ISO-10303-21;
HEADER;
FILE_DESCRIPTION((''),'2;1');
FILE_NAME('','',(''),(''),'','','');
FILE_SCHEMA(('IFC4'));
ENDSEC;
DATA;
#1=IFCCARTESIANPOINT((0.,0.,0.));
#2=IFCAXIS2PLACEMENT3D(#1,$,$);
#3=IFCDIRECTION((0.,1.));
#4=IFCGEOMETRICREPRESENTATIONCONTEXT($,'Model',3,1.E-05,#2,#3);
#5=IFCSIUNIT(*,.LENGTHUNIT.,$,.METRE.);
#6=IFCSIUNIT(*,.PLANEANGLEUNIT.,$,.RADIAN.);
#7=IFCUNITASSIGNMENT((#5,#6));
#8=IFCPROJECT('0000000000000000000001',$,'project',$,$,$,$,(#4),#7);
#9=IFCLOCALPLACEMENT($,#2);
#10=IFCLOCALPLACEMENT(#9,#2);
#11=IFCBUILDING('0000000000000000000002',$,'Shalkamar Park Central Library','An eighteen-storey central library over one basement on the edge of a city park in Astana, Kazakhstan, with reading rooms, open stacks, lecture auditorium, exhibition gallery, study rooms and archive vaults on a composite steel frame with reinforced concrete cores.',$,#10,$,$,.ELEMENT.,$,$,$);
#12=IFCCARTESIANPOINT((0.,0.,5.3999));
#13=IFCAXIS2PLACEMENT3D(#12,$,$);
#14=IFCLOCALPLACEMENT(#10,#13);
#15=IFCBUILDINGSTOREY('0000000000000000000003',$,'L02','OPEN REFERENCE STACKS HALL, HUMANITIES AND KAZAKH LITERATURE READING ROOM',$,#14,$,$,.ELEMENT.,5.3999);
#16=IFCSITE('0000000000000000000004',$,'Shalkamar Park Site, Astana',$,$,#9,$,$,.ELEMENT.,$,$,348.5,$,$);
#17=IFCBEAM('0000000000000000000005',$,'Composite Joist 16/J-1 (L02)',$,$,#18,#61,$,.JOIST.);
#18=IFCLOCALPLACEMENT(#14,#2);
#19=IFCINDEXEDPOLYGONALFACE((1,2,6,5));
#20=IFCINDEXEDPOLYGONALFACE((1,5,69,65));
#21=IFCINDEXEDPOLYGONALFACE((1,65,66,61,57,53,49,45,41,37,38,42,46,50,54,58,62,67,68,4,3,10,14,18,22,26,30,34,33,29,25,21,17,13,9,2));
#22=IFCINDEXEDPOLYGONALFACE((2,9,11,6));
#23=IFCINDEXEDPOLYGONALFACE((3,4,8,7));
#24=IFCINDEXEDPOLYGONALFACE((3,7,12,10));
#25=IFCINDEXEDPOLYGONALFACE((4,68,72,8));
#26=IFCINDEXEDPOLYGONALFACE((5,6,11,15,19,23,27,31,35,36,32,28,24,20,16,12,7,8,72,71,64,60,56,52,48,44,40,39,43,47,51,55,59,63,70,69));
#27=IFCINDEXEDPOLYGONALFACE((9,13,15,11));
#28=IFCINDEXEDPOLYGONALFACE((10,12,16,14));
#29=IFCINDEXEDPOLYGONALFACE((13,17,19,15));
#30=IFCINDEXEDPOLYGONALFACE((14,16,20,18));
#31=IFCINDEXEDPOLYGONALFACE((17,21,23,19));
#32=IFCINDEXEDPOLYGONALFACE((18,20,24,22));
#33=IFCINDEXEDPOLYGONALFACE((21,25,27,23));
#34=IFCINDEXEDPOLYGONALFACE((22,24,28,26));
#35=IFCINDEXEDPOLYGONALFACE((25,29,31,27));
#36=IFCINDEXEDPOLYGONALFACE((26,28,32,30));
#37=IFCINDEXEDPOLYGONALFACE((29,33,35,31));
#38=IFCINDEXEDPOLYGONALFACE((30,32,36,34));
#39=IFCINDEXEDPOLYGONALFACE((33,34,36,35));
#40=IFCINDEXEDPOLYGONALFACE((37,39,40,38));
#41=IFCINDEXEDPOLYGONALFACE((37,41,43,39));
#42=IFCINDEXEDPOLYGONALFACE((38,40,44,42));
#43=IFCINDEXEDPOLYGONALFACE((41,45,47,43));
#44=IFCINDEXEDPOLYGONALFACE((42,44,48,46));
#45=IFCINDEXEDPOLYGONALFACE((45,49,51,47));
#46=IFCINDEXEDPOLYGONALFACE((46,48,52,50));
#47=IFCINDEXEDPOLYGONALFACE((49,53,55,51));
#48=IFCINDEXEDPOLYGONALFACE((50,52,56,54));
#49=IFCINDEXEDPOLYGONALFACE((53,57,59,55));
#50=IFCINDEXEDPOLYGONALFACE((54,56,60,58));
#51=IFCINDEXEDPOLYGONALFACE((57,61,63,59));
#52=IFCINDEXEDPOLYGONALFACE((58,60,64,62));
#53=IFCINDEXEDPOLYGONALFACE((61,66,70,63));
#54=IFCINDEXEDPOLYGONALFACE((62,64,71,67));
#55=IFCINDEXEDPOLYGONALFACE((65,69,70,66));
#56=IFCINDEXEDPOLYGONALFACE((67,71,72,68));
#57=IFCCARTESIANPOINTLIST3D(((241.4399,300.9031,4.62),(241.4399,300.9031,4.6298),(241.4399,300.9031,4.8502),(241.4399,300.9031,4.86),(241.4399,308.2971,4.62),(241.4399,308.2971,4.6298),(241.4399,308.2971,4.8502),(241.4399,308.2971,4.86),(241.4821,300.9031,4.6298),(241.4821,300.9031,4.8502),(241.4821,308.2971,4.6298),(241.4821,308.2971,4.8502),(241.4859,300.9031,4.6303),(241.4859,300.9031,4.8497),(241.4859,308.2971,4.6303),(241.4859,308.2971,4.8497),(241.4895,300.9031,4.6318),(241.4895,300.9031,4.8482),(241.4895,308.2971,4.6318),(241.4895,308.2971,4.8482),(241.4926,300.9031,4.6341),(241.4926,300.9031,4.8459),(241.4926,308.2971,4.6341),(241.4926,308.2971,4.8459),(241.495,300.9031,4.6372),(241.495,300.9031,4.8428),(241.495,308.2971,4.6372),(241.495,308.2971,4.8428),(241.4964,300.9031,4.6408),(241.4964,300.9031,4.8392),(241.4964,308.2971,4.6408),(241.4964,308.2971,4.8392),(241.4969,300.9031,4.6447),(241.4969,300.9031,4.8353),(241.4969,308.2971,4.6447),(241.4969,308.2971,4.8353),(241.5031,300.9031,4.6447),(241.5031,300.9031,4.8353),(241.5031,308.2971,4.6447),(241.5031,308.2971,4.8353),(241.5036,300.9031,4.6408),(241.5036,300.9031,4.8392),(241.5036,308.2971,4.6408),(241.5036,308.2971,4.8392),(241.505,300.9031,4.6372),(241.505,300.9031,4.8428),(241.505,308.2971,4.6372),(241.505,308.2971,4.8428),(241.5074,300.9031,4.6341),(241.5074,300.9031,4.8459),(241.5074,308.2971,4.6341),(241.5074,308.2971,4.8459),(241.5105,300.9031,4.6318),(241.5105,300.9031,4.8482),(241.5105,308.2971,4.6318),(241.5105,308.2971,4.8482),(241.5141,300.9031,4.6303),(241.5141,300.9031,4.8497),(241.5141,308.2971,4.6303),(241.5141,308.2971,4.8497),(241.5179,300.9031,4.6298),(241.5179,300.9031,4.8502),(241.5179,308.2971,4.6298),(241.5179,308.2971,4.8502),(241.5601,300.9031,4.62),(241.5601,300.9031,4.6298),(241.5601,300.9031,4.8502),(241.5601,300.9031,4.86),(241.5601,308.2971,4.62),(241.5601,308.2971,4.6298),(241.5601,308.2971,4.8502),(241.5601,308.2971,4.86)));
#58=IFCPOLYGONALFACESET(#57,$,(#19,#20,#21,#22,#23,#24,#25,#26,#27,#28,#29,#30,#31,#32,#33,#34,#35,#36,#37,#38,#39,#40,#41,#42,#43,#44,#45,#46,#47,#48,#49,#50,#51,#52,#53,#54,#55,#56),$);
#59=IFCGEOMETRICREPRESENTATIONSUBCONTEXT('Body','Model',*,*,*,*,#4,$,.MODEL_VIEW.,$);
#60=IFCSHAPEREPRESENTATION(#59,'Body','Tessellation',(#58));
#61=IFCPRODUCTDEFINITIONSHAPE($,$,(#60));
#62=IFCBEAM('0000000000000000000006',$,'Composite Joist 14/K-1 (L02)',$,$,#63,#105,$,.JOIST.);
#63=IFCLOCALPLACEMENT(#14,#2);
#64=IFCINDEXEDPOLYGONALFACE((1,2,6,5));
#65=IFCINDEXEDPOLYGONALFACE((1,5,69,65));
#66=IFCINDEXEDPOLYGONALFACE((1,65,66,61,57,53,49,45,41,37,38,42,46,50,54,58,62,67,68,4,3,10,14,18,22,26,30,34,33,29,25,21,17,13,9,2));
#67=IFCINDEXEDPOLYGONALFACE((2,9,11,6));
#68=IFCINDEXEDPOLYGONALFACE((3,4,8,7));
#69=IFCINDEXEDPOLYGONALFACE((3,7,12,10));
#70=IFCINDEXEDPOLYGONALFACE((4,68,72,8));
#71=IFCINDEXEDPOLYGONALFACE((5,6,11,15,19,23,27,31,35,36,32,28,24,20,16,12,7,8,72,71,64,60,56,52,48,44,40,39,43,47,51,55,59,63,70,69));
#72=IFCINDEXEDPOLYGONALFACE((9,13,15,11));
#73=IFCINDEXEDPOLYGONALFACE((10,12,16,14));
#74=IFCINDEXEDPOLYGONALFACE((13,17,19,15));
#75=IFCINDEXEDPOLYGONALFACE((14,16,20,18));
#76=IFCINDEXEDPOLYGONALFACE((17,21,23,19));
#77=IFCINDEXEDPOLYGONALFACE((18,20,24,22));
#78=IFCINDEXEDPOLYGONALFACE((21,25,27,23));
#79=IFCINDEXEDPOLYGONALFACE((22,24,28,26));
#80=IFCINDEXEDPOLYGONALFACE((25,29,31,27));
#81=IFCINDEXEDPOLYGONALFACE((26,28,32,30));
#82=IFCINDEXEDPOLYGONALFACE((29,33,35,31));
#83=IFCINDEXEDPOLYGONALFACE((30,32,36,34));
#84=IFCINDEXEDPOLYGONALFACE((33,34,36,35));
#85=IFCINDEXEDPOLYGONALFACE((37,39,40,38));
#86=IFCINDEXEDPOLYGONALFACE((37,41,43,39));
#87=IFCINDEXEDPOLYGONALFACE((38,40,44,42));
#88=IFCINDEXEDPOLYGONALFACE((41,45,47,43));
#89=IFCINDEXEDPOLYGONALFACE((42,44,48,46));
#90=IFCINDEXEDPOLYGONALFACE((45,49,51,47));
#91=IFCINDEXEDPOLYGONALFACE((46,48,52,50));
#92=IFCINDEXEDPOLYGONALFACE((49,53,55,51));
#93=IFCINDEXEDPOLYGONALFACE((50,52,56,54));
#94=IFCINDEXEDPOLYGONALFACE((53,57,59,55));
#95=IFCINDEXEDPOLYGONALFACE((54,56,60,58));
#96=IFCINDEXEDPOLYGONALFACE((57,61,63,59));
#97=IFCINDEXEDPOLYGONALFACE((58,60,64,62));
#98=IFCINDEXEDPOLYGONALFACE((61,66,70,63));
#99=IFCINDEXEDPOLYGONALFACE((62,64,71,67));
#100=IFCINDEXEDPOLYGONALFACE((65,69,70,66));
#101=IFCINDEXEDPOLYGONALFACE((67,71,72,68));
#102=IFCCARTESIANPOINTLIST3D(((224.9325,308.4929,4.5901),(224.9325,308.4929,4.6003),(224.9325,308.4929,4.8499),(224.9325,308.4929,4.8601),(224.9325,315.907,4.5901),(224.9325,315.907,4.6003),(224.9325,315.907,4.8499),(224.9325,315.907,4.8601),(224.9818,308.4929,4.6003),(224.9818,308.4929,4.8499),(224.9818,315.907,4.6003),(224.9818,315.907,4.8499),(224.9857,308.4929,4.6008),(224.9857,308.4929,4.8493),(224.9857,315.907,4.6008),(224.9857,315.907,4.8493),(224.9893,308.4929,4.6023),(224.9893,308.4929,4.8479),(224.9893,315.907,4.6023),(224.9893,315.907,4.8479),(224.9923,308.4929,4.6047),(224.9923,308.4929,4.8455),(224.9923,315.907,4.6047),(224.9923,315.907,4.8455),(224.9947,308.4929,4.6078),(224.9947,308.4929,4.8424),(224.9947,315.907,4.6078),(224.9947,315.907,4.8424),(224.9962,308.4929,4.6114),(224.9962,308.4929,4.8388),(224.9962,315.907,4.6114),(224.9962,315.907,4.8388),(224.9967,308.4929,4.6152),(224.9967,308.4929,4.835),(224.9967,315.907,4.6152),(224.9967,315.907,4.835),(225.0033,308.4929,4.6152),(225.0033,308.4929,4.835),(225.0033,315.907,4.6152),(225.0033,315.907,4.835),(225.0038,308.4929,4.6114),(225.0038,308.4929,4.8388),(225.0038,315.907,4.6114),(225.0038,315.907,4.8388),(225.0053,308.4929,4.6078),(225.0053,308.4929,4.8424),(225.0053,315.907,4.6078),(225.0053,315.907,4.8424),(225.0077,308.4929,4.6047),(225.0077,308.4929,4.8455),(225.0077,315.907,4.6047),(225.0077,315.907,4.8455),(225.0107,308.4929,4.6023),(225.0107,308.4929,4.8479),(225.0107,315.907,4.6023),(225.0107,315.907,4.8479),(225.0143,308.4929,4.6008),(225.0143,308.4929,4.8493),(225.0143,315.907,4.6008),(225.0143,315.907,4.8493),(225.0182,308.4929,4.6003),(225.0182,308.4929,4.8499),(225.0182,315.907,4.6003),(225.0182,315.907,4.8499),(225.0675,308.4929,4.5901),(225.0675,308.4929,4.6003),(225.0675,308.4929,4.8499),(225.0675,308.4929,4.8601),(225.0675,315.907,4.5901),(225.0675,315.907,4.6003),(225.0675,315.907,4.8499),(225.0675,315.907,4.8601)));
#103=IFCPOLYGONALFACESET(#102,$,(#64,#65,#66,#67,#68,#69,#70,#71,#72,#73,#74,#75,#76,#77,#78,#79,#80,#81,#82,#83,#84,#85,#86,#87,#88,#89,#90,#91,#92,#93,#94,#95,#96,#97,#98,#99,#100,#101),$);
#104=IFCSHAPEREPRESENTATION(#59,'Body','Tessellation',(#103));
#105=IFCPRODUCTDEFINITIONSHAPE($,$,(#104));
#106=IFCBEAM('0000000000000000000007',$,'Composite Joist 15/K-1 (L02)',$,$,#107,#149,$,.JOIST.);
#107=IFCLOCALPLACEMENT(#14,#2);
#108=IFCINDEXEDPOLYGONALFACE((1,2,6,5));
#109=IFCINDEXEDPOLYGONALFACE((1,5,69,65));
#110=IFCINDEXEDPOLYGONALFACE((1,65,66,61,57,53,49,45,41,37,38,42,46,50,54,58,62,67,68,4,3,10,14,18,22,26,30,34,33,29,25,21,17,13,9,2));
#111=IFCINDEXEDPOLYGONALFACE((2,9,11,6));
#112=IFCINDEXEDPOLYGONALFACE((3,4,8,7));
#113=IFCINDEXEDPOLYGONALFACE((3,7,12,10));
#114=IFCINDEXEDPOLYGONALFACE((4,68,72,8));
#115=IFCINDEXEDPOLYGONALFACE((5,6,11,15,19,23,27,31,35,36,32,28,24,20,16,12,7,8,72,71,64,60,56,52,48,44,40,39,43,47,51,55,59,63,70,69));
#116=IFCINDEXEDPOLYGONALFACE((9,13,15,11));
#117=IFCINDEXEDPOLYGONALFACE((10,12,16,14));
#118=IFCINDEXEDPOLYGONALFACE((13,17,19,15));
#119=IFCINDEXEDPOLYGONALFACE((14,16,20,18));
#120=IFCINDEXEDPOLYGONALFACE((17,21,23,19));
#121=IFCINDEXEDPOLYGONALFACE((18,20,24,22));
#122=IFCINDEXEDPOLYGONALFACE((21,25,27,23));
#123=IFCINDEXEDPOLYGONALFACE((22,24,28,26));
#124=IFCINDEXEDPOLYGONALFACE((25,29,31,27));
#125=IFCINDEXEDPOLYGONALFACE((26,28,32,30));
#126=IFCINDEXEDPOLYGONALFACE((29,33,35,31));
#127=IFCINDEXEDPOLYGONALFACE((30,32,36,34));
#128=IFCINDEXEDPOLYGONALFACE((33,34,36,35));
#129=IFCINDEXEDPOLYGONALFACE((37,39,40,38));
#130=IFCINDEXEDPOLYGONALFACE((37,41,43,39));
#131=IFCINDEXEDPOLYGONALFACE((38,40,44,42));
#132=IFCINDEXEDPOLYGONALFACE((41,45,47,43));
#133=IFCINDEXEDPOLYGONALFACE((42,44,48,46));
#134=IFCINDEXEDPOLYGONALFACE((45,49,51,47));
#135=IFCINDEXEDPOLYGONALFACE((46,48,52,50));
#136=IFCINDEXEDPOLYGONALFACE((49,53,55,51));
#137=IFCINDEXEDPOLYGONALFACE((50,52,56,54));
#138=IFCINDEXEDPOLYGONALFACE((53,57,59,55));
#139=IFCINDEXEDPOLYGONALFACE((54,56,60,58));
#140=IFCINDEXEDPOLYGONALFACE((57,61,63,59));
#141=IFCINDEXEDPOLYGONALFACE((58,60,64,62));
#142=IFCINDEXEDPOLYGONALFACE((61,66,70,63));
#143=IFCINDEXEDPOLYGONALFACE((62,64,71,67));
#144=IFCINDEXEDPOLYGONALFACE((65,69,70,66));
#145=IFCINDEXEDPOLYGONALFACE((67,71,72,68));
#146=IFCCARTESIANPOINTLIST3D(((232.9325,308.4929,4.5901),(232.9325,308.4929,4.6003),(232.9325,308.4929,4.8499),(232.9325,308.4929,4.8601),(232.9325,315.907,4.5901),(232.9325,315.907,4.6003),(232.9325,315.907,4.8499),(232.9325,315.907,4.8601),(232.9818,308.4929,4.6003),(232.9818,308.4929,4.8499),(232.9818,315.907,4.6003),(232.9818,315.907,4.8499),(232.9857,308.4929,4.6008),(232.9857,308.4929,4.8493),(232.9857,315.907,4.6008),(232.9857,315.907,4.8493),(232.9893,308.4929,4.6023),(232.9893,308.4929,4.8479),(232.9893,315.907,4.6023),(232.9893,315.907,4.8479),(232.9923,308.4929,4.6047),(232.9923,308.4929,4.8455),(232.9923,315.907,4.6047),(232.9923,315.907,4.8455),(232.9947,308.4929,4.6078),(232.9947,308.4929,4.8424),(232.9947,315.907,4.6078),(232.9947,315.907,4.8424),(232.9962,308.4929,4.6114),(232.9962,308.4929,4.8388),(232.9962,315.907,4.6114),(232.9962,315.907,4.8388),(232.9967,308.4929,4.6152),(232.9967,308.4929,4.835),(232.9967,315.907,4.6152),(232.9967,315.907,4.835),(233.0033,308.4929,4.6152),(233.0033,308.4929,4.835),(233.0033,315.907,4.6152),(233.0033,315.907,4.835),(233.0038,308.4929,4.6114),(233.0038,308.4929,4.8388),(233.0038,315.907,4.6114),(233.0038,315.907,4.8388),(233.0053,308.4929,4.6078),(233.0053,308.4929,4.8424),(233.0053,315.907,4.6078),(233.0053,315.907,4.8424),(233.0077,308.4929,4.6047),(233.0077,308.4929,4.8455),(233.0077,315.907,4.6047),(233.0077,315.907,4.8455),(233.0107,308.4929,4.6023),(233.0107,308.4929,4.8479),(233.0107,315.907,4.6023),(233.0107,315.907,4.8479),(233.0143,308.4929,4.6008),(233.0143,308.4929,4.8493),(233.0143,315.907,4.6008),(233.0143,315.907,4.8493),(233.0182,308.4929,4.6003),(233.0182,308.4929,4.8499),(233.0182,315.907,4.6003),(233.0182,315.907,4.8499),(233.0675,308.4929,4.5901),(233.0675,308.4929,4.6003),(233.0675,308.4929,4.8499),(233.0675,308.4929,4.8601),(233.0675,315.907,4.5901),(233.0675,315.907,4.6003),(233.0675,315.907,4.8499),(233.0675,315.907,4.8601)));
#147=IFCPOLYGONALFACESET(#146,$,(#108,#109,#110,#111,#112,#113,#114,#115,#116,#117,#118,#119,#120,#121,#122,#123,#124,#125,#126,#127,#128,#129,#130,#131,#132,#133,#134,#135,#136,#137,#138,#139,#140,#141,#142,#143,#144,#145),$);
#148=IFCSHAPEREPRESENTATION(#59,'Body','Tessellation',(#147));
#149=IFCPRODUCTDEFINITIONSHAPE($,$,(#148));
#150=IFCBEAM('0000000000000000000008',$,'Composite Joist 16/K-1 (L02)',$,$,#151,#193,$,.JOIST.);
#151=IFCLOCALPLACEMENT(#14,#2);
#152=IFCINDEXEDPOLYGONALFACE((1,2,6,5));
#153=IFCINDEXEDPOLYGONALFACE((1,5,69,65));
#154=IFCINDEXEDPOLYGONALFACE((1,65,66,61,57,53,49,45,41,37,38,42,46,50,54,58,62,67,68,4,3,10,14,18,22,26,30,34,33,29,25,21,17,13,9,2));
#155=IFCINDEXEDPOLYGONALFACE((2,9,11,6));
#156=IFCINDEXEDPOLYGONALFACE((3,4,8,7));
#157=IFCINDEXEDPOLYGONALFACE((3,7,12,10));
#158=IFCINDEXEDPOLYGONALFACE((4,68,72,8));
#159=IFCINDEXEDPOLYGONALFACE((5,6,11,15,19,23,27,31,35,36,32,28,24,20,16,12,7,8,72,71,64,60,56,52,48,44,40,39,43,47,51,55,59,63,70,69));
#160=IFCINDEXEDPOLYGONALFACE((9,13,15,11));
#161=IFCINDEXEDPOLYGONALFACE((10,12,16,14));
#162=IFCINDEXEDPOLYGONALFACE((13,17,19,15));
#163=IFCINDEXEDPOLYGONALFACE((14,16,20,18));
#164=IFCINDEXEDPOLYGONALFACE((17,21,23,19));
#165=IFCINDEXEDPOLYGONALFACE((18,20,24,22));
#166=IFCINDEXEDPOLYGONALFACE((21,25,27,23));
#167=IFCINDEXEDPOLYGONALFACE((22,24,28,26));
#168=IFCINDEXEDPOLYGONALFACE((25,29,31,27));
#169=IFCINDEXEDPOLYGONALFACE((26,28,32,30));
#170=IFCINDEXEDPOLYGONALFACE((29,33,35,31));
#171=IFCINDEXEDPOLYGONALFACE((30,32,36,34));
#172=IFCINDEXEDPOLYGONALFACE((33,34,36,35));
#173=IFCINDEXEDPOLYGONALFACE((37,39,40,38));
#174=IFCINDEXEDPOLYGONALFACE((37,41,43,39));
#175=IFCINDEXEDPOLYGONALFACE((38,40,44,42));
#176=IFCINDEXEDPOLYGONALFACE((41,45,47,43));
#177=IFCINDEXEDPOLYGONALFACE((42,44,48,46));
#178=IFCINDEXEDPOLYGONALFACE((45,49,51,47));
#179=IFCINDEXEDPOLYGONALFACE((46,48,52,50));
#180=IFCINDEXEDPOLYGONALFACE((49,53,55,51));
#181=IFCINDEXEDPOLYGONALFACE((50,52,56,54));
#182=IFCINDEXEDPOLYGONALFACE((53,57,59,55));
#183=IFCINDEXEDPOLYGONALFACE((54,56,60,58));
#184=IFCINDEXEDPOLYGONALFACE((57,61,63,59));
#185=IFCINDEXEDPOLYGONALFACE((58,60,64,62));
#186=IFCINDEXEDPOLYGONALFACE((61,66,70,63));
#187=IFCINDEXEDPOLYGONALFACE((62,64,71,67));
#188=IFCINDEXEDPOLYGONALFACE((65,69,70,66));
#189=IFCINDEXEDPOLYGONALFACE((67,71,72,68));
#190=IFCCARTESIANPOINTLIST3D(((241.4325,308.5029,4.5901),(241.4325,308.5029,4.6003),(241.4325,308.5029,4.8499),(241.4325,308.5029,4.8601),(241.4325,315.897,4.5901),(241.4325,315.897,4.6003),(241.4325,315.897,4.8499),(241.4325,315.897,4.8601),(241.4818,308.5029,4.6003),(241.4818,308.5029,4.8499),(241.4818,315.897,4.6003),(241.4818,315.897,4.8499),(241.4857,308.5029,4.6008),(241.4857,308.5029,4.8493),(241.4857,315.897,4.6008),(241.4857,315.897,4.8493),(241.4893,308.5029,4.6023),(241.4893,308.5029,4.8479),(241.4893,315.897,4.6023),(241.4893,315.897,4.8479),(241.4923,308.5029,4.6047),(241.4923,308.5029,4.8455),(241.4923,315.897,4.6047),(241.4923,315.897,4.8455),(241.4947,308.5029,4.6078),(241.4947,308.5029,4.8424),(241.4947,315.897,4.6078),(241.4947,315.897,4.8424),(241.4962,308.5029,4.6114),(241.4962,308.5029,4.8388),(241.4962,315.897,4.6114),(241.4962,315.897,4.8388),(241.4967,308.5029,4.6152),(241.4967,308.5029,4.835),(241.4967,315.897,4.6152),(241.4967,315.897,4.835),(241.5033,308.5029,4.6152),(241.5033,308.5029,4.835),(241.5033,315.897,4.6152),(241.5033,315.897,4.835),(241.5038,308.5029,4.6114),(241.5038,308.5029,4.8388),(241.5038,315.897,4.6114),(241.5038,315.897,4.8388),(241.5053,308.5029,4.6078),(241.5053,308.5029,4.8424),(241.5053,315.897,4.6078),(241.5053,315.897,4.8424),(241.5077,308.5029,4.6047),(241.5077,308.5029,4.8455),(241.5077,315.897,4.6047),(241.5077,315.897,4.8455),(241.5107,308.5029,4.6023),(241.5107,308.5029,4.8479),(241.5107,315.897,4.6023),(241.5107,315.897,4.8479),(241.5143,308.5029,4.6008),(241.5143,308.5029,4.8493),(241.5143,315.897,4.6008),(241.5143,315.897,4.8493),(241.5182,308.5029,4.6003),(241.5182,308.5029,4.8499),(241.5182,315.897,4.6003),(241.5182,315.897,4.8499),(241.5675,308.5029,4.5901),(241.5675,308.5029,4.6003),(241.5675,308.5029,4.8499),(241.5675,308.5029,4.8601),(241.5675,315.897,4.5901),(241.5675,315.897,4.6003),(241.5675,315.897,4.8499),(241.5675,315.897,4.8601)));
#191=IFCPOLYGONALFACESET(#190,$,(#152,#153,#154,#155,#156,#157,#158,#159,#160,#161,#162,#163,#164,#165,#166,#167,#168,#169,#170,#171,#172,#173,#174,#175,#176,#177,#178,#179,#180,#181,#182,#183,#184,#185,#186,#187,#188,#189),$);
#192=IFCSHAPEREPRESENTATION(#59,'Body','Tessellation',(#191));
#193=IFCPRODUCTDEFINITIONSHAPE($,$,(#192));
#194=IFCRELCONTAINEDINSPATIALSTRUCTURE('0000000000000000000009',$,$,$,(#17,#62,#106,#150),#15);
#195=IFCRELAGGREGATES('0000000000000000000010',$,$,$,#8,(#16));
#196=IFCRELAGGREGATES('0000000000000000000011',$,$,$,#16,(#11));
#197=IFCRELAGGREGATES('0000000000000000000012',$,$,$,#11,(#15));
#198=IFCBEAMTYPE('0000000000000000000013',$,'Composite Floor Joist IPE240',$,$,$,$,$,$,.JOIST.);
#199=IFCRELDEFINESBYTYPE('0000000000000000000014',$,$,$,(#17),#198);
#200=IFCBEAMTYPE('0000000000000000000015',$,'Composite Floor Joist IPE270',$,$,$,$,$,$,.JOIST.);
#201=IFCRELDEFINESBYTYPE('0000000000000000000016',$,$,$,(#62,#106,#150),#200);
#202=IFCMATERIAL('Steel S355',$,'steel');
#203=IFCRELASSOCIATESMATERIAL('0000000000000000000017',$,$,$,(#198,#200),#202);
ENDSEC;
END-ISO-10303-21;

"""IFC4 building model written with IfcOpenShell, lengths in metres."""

from ifc_helpers import new_model, si_unit, direction, frame, origin, origin_2d, place, context, subcontext, project, spatial, i_section, extrude, material, material_profile, profile_set, type_object, element, save


model = new_model("IFC4")

# Units and contexts
model_context = context("Model", 3, precision=1e-05, world=origin(), true_north=direction((0.0, 1.0)))
body_context = subcontext(model_context, "Body", "Model", "MODEL_VIEW")
ifc_project = project(units=[si_unit("LENGTHUNIT", "METRE"), si_unit("PLANEANGLEUNIT", "RADIAN")], contexts=[model_context])

# Site, building, storey
site_placement = place(None, origin())
site = spatial("IfcSite", under=ifc_project, at=site_placement, Name="Shalkamar Park Site, Astana", CompositionType="ELEMENT", RefElevation=348.5)
building_placement = place(site_placement, origin())
building = spatial("IfcBuilding", under=site, at=building_placement, Name="Shalkamar Park Central Library", Description="An eighteen-storey central library over one basement on the edge of a city park in Astana, Kazakhstan, with reading rooms, open stacks, lecture auditorium, exhibition gallery, study rooms and archive vaults on a composite steel frame with reinforced concrete cores.", CompositionType="ELEMENT")
storey_placement = place(building_placement, frame((0.0, 0.0, 5.3999)))
storey = spatial("IfcBuildingStorey", under=building, at=storey_placement, Name="L02", Description="OPEN REFERENCE STACKS HALL, HUMANITIES AND KAZAKH LITERATURE READING ROOM", CompositionType="ELEMENT", Elevation=5.3999)

# Shared definitions
ifc_material_1 = material(Name="Steel S355", Category="steel")

# Beams
ifc_material_profile_1 = material_profile(ifc_material_1, i_section(OverallWidth=0.1201, OverallDepth=0.24, WebThickness=0.0061, FlangeThickness=0.0098, FilletRadius=0.0149, at=origin_2d()), Name="IPE 240")
ifc_profile_set_1 = profile_set([ifc_material_profile_1], Name="Steel S355")
beam_type_1 = type_object("IfcBeamType", Name="Composite Floor Joist IPE240", PredefinedType="JOIST", material=ifc_profile_set_1)
beam_1_placement = place(storey_placement, frame((241.5, 300.9031, 4.74), z_axis=(0.0, 1.0, 0.0), x_axis=(-1.0, 0.0, 0.0)))
element("IfcBeam", 1, at=beam_1_placement, inside=storey, type_object=beam_type_1, Name="Composite Joist 16/J-1 (L02)", PredefinedType="JOIST", context=body_context, shape_type="SweptSolid", body=[
    extrude(i_section(OverallWidth=0.1201, OverallDepth=0.24, WebThickness=0.0061, FlangeThickness=0.0098, FilletRadius=0.0149, at=origin_2d()), origin(), (0.0, 0.0, 1.0), 7.394),
])
ifc_material_profile_2 = material_profile(ifc_material_1, i_section(OverallWidth=0.135, OverallDepth=0.27, WebThickness=0.0066, FlangeThickness=0.0103, FilletRadius=0.0149, at=origin_2d()), Name="IPE 270")
ifc_profile_set_2 = profile_set([ifc_material_profile_2], Name="Steel S355")
beam_type_2 = type_object("IfcBeamType", Name="Composite Floor Joist IPE270", PredefinedType="JOIST", material=ifc_profile_set_2)
for number, where, z_axis, x_axis, name in (
    (2, (225.0, 308.4929, 4.7251), (0.0, 1.0, 0.0), (-1.0, 0.0, 0.0), "Composite Joist 14/K-1 (L02)"),
    (3, (233.0, 308.4929, 4.7251), (0.0, 1.0, 0.0), (-1.0, 0.0, 0.0), "Composite Joist 15/K-1 (L02)"),
):
    element("IfcBeam", number, at=place(storey_placement, frame(where, z_axis=z_axis, x_axis=x_axis)), inside=storey, type_object=beam_type_2, Name=name, PredefinedType="JOIST", context=body_context, shape_type="SweptSolid", body=[
        extrude(i_section(OverallWidth=0.135, OverallDepth=0.27, WebThickness=0.0066, FlangeThickness=0.0103, FilletRadius=0.0149, at=origin_2d()), origin(), (0.0, 0.0, 1.0), 7.4141),
    ])
beam_2_placement = place(storey_placement, frame((241.5, 308.5029, 4.7251), z_axis=(0.0, 1.0, 0.0), x_axis=(-1.0, 0.0, 0.0)))
element("IfcBeam", 4, at=beam_2_placement, inside=storey, type_object=beam_type_2, Name="Composite Joist 16/K-1 (L02)", PredefinedType="JOIST", context=body_context, shape_type="SweptSolid", body=[
    extrude(i_section(OverallWidth=0.135, OverallDepth=0.27, WebThickness=0.0066, FlangeThickness=0.0103, FilletRadius=0.0149, at=origin_2d()), origin(), (0.0, 0.0, 1.0), 7.394),
])

save(model, "model.ifc")
